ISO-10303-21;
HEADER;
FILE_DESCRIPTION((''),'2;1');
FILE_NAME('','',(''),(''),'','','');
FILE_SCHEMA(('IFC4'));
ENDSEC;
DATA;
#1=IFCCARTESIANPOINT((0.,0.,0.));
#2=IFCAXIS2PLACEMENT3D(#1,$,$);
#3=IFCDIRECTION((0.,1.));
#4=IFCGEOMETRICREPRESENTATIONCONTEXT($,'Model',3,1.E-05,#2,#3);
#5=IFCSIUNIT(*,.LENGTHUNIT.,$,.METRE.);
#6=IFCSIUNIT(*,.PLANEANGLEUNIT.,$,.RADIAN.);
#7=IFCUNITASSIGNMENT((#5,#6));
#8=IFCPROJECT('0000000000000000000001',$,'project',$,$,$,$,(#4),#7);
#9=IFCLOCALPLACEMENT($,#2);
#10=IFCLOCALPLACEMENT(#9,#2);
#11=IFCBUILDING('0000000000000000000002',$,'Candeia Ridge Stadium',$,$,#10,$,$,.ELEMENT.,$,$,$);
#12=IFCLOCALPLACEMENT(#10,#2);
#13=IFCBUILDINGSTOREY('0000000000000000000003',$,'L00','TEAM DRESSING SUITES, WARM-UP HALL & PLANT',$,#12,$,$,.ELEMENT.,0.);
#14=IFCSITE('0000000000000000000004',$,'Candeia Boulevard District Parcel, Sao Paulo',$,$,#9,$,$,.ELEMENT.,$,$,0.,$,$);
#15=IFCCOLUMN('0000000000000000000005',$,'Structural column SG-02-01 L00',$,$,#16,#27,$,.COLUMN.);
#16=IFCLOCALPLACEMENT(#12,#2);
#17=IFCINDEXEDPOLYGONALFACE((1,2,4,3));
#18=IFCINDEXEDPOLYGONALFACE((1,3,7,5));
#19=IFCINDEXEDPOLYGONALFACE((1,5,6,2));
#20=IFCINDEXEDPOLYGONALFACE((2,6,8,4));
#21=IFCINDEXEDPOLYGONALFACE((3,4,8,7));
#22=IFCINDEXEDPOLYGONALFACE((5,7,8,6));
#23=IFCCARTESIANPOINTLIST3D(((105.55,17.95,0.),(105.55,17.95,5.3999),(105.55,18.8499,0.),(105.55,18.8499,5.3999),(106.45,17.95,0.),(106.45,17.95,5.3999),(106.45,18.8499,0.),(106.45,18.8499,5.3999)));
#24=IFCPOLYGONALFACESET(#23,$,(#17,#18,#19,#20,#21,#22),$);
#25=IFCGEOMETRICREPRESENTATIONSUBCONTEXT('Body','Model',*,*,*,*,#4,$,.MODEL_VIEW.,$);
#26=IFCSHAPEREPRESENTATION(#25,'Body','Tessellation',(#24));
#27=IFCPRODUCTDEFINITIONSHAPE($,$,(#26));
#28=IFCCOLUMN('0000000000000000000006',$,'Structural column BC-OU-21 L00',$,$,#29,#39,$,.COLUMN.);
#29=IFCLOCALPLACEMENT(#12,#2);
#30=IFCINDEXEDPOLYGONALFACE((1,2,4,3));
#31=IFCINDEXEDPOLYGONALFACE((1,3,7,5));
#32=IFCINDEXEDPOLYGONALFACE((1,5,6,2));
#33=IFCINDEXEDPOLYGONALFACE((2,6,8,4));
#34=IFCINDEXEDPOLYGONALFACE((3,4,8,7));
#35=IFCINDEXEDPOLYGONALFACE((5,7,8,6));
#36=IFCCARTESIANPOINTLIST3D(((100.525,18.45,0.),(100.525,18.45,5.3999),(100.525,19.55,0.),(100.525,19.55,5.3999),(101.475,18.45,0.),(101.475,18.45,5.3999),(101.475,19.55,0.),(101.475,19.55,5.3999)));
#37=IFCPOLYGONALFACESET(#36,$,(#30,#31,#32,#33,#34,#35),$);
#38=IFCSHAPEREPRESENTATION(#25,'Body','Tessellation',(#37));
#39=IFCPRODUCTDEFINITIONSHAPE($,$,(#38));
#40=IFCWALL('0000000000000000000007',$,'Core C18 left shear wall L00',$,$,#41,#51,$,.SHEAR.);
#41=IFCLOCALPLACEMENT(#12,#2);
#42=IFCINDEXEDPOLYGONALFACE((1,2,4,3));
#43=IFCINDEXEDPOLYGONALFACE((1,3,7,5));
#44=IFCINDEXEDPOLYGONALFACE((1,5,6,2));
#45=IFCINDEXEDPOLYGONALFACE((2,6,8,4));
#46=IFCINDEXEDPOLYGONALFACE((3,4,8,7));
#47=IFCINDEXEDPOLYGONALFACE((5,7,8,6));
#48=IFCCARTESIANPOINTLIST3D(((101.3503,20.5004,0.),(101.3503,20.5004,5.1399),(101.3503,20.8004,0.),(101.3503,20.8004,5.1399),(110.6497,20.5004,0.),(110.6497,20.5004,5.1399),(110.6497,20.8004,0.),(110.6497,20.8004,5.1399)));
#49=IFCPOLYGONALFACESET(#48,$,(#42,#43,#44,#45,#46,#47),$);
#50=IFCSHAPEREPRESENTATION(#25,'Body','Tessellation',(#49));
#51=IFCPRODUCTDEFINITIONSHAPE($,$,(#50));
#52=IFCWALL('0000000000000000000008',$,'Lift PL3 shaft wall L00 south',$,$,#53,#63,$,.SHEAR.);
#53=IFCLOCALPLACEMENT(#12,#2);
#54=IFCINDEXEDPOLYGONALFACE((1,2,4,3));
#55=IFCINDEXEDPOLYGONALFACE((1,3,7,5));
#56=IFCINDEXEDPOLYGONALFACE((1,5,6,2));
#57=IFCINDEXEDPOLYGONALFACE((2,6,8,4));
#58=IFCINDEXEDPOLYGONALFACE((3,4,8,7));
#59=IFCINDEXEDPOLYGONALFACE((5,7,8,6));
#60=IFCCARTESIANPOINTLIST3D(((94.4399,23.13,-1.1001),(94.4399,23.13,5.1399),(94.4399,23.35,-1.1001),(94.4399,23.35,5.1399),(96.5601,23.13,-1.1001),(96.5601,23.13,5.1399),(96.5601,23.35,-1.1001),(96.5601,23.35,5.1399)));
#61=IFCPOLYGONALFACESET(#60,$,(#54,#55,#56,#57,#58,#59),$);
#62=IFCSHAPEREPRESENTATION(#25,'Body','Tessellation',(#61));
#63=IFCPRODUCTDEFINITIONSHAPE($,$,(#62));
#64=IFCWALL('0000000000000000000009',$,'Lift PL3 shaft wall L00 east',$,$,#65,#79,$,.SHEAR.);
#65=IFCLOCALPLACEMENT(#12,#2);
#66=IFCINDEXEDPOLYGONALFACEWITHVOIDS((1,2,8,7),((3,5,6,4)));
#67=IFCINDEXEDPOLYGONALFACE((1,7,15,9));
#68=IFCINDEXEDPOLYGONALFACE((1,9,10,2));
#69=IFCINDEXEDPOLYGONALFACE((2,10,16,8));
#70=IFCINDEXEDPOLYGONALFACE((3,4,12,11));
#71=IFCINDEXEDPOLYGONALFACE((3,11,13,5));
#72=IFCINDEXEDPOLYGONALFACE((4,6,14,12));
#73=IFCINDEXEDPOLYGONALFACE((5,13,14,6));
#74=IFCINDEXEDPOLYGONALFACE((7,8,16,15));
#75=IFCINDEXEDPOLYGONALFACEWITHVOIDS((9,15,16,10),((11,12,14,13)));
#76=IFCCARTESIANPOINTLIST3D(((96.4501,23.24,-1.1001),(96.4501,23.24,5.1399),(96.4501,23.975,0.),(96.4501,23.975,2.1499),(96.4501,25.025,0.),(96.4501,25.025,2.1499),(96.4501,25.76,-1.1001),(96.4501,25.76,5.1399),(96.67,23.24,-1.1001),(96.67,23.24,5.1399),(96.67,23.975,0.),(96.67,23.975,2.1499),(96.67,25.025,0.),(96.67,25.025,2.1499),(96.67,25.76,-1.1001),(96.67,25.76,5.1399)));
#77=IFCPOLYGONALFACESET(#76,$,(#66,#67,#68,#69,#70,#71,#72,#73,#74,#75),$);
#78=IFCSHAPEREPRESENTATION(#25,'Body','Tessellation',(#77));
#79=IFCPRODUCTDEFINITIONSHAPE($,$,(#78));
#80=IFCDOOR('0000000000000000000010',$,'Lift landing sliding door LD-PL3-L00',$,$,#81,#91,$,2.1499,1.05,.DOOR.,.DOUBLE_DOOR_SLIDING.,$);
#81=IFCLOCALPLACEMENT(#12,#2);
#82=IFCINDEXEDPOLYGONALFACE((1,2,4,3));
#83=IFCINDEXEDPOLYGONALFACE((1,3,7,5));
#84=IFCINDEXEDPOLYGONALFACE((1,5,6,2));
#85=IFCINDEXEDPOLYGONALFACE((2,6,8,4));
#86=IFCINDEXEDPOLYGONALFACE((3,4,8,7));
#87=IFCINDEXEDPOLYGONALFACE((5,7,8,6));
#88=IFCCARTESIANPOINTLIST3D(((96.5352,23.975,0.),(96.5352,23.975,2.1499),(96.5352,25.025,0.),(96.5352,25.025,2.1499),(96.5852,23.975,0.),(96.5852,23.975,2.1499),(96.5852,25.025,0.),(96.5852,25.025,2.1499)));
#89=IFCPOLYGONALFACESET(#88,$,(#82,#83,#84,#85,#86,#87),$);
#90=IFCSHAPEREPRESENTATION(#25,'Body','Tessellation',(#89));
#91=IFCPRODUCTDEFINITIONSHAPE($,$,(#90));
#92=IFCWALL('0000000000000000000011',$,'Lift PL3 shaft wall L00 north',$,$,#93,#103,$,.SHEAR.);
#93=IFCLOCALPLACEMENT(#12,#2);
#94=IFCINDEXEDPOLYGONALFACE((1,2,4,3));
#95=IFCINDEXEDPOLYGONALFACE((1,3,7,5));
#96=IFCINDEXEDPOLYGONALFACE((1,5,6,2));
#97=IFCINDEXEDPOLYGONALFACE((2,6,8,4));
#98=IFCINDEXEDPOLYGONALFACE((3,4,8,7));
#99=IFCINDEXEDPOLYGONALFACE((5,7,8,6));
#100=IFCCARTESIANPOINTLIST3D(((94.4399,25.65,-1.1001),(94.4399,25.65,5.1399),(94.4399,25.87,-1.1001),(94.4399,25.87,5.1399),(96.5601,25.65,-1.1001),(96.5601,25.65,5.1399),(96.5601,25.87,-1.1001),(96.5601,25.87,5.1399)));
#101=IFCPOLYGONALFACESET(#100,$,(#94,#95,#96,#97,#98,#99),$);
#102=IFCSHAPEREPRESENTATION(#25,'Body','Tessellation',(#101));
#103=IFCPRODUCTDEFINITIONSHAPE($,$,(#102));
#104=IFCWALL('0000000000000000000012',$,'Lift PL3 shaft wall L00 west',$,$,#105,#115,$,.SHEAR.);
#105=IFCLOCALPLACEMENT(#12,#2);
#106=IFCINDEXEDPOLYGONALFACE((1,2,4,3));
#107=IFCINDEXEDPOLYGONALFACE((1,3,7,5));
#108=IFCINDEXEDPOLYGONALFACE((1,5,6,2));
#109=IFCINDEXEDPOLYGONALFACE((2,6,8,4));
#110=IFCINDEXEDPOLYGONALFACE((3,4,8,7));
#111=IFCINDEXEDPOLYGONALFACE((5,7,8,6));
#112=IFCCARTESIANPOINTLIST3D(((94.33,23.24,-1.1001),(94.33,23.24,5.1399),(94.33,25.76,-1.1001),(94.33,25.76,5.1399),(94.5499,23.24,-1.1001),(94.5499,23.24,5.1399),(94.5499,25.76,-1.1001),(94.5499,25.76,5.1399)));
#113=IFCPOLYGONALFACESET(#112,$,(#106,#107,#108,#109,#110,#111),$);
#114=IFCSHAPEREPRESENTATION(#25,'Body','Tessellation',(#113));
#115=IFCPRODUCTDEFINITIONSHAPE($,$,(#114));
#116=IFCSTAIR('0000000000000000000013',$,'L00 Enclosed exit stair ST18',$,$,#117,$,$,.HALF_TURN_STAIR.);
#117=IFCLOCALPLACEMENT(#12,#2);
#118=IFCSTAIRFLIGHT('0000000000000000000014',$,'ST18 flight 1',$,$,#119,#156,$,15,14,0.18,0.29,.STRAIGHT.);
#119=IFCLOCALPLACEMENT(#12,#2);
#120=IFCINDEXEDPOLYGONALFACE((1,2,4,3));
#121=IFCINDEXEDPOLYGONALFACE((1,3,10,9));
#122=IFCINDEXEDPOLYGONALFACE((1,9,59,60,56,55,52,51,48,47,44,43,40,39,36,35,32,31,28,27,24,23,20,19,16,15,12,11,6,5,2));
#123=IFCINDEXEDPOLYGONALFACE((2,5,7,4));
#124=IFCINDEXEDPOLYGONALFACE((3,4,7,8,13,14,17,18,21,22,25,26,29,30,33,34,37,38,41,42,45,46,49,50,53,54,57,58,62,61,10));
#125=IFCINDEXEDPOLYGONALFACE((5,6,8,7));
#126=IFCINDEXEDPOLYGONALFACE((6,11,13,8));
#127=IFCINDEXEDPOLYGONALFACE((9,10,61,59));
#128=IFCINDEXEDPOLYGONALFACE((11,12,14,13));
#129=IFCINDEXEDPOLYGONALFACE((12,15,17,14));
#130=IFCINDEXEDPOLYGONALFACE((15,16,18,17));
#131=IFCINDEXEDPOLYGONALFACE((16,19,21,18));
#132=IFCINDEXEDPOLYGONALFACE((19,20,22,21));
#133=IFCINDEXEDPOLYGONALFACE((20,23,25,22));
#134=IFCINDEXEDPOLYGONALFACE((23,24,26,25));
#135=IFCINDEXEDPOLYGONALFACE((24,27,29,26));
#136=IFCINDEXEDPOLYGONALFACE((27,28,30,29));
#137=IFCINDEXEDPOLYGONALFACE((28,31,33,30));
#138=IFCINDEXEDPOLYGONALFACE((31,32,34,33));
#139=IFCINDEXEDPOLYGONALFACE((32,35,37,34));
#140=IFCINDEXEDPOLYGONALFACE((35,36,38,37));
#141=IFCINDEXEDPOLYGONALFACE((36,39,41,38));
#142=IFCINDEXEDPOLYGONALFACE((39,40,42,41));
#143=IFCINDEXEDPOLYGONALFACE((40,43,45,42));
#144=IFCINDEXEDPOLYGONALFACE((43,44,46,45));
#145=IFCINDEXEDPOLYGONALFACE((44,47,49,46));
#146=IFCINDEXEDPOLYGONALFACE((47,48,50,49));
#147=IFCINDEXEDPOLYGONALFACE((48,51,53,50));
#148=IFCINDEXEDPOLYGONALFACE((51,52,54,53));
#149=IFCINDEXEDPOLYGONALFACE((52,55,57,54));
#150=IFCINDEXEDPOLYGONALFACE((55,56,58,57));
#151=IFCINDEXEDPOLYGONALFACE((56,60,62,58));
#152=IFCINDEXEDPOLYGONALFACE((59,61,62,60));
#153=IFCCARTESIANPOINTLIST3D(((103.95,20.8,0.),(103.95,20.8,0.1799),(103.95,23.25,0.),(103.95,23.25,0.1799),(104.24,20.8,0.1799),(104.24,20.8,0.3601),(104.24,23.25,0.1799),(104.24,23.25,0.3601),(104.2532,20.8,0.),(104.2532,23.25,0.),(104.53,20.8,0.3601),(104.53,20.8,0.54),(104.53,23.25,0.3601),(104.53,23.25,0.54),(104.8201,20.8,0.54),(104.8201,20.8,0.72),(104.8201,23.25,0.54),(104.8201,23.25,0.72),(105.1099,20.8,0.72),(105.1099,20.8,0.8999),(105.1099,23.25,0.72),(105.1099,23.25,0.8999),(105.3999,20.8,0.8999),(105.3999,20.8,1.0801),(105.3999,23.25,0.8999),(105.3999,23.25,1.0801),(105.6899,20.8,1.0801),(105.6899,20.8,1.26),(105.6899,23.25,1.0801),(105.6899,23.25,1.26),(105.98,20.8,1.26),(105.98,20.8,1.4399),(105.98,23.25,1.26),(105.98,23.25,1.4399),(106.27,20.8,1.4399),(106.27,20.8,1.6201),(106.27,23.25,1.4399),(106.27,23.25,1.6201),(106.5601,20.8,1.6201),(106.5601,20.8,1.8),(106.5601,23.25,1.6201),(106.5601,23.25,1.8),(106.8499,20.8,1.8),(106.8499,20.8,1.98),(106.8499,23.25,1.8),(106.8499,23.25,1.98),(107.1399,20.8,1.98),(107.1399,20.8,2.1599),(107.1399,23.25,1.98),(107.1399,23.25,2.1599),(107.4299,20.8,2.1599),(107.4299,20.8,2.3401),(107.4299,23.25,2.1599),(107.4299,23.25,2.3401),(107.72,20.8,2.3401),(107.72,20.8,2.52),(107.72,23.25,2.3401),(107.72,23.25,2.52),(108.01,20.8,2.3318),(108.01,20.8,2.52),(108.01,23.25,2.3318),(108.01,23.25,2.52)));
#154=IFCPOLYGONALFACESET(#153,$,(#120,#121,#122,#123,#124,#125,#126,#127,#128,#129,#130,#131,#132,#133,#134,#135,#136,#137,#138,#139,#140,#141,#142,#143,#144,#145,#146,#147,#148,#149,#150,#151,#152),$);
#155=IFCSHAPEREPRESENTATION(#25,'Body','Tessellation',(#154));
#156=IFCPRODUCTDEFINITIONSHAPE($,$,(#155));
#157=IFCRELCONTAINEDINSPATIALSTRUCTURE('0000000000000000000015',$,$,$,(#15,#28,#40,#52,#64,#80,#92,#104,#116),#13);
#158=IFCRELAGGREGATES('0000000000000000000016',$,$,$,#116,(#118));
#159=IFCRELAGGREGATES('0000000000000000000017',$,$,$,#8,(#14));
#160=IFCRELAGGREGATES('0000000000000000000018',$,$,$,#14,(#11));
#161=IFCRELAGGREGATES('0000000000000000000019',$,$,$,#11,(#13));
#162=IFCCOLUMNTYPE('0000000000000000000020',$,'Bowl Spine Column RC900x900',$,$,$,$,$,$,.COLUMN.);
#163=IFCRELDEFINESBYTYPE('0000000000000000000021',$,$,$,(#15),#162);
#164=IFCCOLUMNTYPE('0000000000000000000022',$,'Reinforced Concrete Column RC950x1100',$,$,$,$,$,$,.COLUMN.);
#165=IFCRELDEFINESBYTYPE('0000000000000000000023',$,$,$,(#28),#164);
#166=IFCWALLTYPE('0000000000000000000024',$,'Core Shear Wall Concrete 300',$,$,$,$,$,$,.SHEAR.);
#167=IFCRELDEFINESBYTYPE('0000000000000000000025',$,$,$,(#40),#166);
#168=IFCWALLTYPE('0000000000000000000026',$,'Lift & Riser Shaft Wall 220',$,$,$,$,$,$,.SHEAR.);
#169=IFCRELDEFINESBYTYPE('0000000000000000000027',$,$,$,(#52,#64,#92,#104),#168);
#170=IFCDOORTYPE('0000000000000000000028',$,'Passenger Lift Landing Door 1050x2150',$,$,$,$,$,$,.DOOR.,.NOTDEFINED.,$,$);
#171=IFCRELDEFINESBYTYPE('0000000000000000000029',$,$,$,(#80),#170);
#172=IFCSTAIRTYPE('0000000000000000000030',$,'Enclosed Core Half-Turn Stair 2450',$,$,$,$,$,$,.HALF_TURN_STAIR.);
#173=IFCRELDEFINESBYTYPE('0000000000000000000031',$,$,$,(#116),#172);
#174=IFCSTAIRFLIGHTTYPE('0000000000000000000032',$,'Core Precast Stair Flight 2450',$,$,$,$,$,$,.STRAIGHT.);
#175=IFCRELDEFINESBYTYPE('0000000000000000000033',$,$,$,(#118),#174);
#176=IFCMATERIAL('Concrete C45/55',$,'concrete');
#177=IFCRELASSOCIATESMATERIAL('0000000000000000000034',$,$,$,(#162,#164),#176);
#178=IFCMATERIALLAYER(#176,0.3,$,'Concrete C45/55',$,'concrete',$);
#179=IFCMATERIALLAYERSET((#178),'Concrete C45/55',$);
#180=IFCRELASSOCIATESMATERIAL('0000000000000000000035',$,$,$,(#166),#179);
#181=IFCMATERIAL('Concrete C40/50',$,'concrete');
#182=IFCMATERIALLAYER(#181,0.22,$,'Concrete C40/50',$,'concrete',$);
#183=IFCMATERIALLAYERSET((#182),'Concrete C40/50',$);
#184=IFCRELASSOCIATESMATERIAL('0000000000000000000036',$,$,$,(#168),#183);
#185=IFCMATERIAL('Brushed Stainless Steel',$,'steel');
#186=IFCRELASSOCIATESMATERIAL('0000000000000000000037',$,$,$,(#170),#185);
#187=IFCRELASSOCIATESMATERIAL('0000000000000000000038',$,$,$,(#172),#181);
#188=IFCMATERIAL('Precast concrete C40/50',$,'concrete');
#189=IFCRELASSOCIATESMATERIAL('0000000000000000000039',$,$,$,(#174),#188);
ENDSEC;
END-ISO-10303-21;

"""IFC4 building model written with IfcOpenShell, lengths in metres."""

from ifc_helpers import new_model, si_unit, direction, frame, frame_2d, origin, origin_2d, place, context, subcontext, project, spatial, polyline, rectangle, outline, extrude, material, layer, layer_set, material_profile, profile_set, type_object, element, fill, aggregate, save


model = new_model("IFC4")

# Units and contexts
model_context = context("Model", 3, precision=1e-05, world=origin(), true_north=direction((0.0, 1.0)))
body_context = subcontext(model_context, "Body", "Model", "MODEL_VIEW")
ifc_project = project(units=[si_unit("LENGTHUNIT", "METRE"), si_unit("PLANEANGLEUNIT", "RADIAN")], contexts=[model_context])

# Site, building, storey
site_placement = place(None, origin())
site = spatial("IfcSite", under=ifc_project, at=site_placement, Name="Candeia Boulevard District Parcel, Sao Paulo", CompositionType="ELEMENT", RefElevation=0.0)
building_placement = place(site_placement, origin())
building = spatial("IfcBuilding", under=site, at=building_placement, Name="Candeia Ridge Stadium", CompositionType="ELEMENT")
storey_placement = place(building_placement, origin())
storey = spatial("IfcBuildingStorey", under=building, at=storey_placement, Name="L00", Description="TEAM DRESSING SUITES, WARM-UP HALL & PLANT", CompositionType="ELEMENT", Elevation=0.0)

# Shared definitions
ifc_material_1 = material(Name="Concrete C40/50", Category="concrete")

# Columns
ifc_material_2 = material(Name="Concrete C45/55", Category="concrete")
ifc_material_profile_1 = material_profile(ifc_material_2, rectangle(XDim=0.8999, YDim=0.8999, at=origin_2d()), Name="RC900x900", Category="concrete")
ifc_profile_set_1 = profile_set([ifc_material_profile_1], Name="Concrete C45/55")
column_type_1 = type_object("IfcColumnType", Name="Bowl Spine Column RC900x900", PredefinedType="COLUMN", material=ifc_profile_set_1)
column_1_placement = place(storey_placement, frame((106.0, 18.3999, 0.0), z_axis=(0.0, 0.0, 1.0), x_axis=(1.0, 0.0, 0.0)))
element("IfcColumn", 1, at=column_1_placement, inside=storey, type_object=column_type_1, Name="Structural column SG-02-01 L00", PredefinedType="COLUMN", context=body_context, shape_type="SweptSolid", body=[
    extrude(rectangle(XDim=0.8999, YDim=0.8999, at=origin_2d()), origin(), (0.0, 0.0, 1.0), 5.3999),
])
ifc_material_profile_2 = material_profile(ifc_material_2, rectangle(XDim=0.95, YDim=1.1001, at=origin_2d()), Name="RC950x1100", Category="concrete")
ifc_profile_set_2 = profile_set([ifc_material_profile_2], Name="Concrete C45/55")
column_type_2 = type_object("IfcColumnType", Name="Reinforced Concrete Column RC950x1100", PredefinedType="COLUMN", material=ifc_profile_set_2)
column_2_placement = place(storey_placement, frame((101.0, 19.0, 0.0), z_axis=(0.0, 0.0, 1.0), x_axis=(1.0, 0.0, 0.0)))
element("IfcColumn", 2, at=column_2_placement, inside=storey, type_object=column_type_2, Name="Structural column BC-OU-21 L00", PredefinedType="COLUMN", context=body_context, shape_type="SweptSolid", body=[
    extrude(rectangle(XDim=0.95, YDim=1.1001, at=origin_2d()), origin(), (0.0, 0.0, 1.0), 5.3999),
])

# Walls
ifc_layer_1 = layer(ifc_material_2, 0.3, Name="Concrete C45/55", Category="concrete")
ifc_layer_set_1 = layer_set([ifc_layer_1], Name="Concrete C45/55")
wall_type_1 = type_object("IfcWallType", Name="Core Shear Wall Concrete 300", PredefinedType="SHEAR", material=ifc_layer_set_1)
wall_1_placement = place(storey_placement, frame((101.3503, 20.6504, 0.0), z_axis=(0.0, 0.0, 1.0), x_axis=(1.0, 0.0, 0.0)))
element("IfcWall", 3, at=wall_1_placement, inside=storey, type_object=wall_type_1, Name="Core C18 left shear wall L00", PredefinedType="SHEAR", context=body_context, shape_type="SweptSolid", body=[
    extrude(rectangle(XDim=9.2993, YDim=0.3, at=frame_2d((4.6497, 0.0))), origin(), (0.0, 0.0, 1.0), 5.1399),
])
ifc_layer_2 = layer(ifc_material_1, 0.22, Name="Concrete C40/50", Category="concrete")
ifc_layer_set_2 = layer_set([ifc_layer_2], Name="Concrete C40/50")
wall_type_2 = type_object("IfcWallType", Name="Lift & Riser Shaft Wall 220", PredefinedType="SHEAR", material=ifc_layer_set_2)
wall_2_placement = place(storey_placement, frame((94.4399, 23.24, -1.1001), z_axis=(0.0, 0.0, 1.0), x_axis=(1.0, 0.0, 0.0)))
element("IfcWall", 4, at=wall_2_placement, inside=storey, type_object=wall_type_2, Name="Lift PL3 shaft wall L00 south", PredefinedType="SHEAR", context=body_context, shape_type="SweptSolid", body=[
    extrude(rectangle(XDim=2.1201, YDim=0.22, at=frame_2d((1.0601, 0.0))), origin(), (0.0, 0.0, 1.0), 6.24),
])

# Wall, opening, door
wall_3_placement = place(storey_placement, frame((96.5601, 23.24, -1.1001), z_axis=(0.0, 0.0, 1.0), x_axis=(0.0, 1.0, 0.0)))
wall_3 = element("IfcWall", 5, at=wall_3_placement, inside=storey, type_object=wall_type_2, Name="Lift PL3 shaft wall L00 east", PredefinedType="SHEAR", context=body_context, shape_type="SweptSolid", body=[
    extrude(rectangle(XDim=2.52, YDim=0.22, at=frame_2d((1.26, 0.0))), origin(), (0.0, 0.0, 1.0), 6.24),
])
opening_placement = place(wall_3_placement, frame((0.7351, 0.0, 1.1001)))
opening = element("IfcOpeningElement", 6, at=opening_placement, cuts=wall_3, PredefinedType="OPENING", context=body_context, shape_type="SweptSolid", body=[
    extrude(rectangle(XDim=1.05, YDim=2.1499, at=frame_2d((0.5249, 1.075))), frame((0.0, 0.1199, 0.0), z_axis=(0.0, -1.0, 0.0), x_axis=(1.0, 0.0, 0.0)), (0.0, 0.0, 1.0), 0.24),
])
ifc_material_3 = material(Name="Brushed Stainless Steel", Category="steel")
door_type = type_object("IfcDoorType", Name="Passenger Lift Landing Door 1050x2150", OperationType="NOTDEFINED", PredefinedType="DOOR", material=ifc_material_3)
door_placement = place(opening_placement, origin())
door = element("IfcDoor", 7, at=door_placement, inside=storey, type_object=door_type, Name="Lift landing sliding door LD-PL3-L00", OperationType="DOUBLE_DOOR_SLIDING", OverallHeight=2.1499, OverallWidth=1.05, PredefinedType="DOOR", context=body_context, shape_type="SweptSolid", body=[
    extrude(rectangle(XDim=1.05, YDim=2.1499, at=frame_2d((0.5249, 1.075))), frame((0.0, 0.0249, 0.0), z_axis=(0.0, -1.0, 0.0), x_axis=(1.0, 0.0, 0.0)), (0.0, 0.0, 1.0), 0.05),
])
fill(opening, door)

# Walls
wall_4_placement = place(storey_placement, frame((96.5601, 25.76, -1.1001), z_axis=(0.0, 0.0, 1.0), x_axis=(-1.0, 0.0, 0.0)))
element("IfcWall", 8, at=wall_4_placement, inside=storey, type_object=wall_type_2, Name="Lift PL3 shaft wall L00 north", PredefinedType="SHEAR", context=body_context, shape_type="SweptSolid", body=[
    extrude(rectangle(XDim=2.1201, YDim=0.22, at=frame_2d((1.0601, 0.0))), origin(), (0.0, 0.0, 1.0), 6.24),
])
wall_5_placement = place(storey_placement, frame((94.4399, 25.76, -1.1001), z_axis=(0.0, 0.0, 1.0), x_axis=(0.0, -1.0, 0.0)))
element("IfcWall", 9, at=wall_5_placement, inside=storey, type_object=wall_type_2, Name="Lift PL3 shaft wall L00 west", PredefinedType="SHEAR", context=body_context, shape_type="SweptSolid", body=[
    extrude(rectangle(XDim=2.52, YDim=0.22, at=frame_2d((1.26, 0.0))), origin(), (0.0, 0.0, 1.0), 6.24),
])

# Stair, stair flight
stair_type = type_object("IfcStairType", Name="Enclosed Core Half-Turn Stair 2450", PredefinedType="HALF_TURN_STAIR", material=ifc_material_1)
stair_placement = place(storey_placement, origin())
stair = element("IfcStair", 10, at=stair_placement, inside=storey, type_object=stair_type, Name="L00 Enclosed exit stair ST18", PredefinedType="HALF_TURN_STAIR")
ifc_material_4 = material(Name="Precast concrete C40/50", Category="concrete")
stair_flight_type = type_object("IfcStairFlightType", Name="Core Precast Stair Flight 2450", PredefinedType="STRAIGHT", material=ifc_material_4)
stair_flight_1_placement = place(storey_placement, frame((103.95, 22.0249, 0.0), z_axis=(0.0, 0.0, 1.0), x_axis=(1.0, 0.0, 0.0)))
stair_flight_1 = element("IfcStairFlight", 11, at=stair_flight_1_placement, type_object=stair_flight_type, Name="ST18 flight 1", NumberOfRisers=15, NumberOfTreads=14, PredefinedType="STRAIGHT", RiserHeight=0.18, TreadLength=0.29, context=body_context, shape_type="SweptSolid", body=[
    extrude(outline(polyline([(0.0, 0.0), (0.0, 0.1799), (0.29, 0.1799), (0.29, 0.3601), (0.5801, 0.3601), (0.5801, 0.54), (0.8701, 0.54), (0.8701, 0.72), (1.1599, 0.72), (1.1599, 0.8999), (1.45, 0.8999), (1.45, 1.0801), (1.74, 1.0801), (1.74, 1.26), (2.03, 1.26), (2.03, 1.4399), (2.3201, 1.4399), (2.3201, 1.6201), (2.6101, 1.6201), (2.6101, 1.8), (2.8999, 1.8), (2.8999, 1.98), (3.1899, 1.98), (3.1899, 2.1599), (3.48, 2.1599), (3.48, 2.3401), (3.77, 2.3401), (3.77, 2.52), (4.0601, 2.52), (4.0601, 2.7), (4.0601, 2.3318), (0.3032, 0.0), (0.0, 0.0)])), frame((0.0, 1.2251, 0.0), z_axis=(0.0, -1.0, 0.0), x_axis=(1.0, 0.0, 0.0)), (0.0, 0.0, 1.0), 2.45),
])
aggregate(stair, [stair_flight_1])

save(model, "model.ifc")
